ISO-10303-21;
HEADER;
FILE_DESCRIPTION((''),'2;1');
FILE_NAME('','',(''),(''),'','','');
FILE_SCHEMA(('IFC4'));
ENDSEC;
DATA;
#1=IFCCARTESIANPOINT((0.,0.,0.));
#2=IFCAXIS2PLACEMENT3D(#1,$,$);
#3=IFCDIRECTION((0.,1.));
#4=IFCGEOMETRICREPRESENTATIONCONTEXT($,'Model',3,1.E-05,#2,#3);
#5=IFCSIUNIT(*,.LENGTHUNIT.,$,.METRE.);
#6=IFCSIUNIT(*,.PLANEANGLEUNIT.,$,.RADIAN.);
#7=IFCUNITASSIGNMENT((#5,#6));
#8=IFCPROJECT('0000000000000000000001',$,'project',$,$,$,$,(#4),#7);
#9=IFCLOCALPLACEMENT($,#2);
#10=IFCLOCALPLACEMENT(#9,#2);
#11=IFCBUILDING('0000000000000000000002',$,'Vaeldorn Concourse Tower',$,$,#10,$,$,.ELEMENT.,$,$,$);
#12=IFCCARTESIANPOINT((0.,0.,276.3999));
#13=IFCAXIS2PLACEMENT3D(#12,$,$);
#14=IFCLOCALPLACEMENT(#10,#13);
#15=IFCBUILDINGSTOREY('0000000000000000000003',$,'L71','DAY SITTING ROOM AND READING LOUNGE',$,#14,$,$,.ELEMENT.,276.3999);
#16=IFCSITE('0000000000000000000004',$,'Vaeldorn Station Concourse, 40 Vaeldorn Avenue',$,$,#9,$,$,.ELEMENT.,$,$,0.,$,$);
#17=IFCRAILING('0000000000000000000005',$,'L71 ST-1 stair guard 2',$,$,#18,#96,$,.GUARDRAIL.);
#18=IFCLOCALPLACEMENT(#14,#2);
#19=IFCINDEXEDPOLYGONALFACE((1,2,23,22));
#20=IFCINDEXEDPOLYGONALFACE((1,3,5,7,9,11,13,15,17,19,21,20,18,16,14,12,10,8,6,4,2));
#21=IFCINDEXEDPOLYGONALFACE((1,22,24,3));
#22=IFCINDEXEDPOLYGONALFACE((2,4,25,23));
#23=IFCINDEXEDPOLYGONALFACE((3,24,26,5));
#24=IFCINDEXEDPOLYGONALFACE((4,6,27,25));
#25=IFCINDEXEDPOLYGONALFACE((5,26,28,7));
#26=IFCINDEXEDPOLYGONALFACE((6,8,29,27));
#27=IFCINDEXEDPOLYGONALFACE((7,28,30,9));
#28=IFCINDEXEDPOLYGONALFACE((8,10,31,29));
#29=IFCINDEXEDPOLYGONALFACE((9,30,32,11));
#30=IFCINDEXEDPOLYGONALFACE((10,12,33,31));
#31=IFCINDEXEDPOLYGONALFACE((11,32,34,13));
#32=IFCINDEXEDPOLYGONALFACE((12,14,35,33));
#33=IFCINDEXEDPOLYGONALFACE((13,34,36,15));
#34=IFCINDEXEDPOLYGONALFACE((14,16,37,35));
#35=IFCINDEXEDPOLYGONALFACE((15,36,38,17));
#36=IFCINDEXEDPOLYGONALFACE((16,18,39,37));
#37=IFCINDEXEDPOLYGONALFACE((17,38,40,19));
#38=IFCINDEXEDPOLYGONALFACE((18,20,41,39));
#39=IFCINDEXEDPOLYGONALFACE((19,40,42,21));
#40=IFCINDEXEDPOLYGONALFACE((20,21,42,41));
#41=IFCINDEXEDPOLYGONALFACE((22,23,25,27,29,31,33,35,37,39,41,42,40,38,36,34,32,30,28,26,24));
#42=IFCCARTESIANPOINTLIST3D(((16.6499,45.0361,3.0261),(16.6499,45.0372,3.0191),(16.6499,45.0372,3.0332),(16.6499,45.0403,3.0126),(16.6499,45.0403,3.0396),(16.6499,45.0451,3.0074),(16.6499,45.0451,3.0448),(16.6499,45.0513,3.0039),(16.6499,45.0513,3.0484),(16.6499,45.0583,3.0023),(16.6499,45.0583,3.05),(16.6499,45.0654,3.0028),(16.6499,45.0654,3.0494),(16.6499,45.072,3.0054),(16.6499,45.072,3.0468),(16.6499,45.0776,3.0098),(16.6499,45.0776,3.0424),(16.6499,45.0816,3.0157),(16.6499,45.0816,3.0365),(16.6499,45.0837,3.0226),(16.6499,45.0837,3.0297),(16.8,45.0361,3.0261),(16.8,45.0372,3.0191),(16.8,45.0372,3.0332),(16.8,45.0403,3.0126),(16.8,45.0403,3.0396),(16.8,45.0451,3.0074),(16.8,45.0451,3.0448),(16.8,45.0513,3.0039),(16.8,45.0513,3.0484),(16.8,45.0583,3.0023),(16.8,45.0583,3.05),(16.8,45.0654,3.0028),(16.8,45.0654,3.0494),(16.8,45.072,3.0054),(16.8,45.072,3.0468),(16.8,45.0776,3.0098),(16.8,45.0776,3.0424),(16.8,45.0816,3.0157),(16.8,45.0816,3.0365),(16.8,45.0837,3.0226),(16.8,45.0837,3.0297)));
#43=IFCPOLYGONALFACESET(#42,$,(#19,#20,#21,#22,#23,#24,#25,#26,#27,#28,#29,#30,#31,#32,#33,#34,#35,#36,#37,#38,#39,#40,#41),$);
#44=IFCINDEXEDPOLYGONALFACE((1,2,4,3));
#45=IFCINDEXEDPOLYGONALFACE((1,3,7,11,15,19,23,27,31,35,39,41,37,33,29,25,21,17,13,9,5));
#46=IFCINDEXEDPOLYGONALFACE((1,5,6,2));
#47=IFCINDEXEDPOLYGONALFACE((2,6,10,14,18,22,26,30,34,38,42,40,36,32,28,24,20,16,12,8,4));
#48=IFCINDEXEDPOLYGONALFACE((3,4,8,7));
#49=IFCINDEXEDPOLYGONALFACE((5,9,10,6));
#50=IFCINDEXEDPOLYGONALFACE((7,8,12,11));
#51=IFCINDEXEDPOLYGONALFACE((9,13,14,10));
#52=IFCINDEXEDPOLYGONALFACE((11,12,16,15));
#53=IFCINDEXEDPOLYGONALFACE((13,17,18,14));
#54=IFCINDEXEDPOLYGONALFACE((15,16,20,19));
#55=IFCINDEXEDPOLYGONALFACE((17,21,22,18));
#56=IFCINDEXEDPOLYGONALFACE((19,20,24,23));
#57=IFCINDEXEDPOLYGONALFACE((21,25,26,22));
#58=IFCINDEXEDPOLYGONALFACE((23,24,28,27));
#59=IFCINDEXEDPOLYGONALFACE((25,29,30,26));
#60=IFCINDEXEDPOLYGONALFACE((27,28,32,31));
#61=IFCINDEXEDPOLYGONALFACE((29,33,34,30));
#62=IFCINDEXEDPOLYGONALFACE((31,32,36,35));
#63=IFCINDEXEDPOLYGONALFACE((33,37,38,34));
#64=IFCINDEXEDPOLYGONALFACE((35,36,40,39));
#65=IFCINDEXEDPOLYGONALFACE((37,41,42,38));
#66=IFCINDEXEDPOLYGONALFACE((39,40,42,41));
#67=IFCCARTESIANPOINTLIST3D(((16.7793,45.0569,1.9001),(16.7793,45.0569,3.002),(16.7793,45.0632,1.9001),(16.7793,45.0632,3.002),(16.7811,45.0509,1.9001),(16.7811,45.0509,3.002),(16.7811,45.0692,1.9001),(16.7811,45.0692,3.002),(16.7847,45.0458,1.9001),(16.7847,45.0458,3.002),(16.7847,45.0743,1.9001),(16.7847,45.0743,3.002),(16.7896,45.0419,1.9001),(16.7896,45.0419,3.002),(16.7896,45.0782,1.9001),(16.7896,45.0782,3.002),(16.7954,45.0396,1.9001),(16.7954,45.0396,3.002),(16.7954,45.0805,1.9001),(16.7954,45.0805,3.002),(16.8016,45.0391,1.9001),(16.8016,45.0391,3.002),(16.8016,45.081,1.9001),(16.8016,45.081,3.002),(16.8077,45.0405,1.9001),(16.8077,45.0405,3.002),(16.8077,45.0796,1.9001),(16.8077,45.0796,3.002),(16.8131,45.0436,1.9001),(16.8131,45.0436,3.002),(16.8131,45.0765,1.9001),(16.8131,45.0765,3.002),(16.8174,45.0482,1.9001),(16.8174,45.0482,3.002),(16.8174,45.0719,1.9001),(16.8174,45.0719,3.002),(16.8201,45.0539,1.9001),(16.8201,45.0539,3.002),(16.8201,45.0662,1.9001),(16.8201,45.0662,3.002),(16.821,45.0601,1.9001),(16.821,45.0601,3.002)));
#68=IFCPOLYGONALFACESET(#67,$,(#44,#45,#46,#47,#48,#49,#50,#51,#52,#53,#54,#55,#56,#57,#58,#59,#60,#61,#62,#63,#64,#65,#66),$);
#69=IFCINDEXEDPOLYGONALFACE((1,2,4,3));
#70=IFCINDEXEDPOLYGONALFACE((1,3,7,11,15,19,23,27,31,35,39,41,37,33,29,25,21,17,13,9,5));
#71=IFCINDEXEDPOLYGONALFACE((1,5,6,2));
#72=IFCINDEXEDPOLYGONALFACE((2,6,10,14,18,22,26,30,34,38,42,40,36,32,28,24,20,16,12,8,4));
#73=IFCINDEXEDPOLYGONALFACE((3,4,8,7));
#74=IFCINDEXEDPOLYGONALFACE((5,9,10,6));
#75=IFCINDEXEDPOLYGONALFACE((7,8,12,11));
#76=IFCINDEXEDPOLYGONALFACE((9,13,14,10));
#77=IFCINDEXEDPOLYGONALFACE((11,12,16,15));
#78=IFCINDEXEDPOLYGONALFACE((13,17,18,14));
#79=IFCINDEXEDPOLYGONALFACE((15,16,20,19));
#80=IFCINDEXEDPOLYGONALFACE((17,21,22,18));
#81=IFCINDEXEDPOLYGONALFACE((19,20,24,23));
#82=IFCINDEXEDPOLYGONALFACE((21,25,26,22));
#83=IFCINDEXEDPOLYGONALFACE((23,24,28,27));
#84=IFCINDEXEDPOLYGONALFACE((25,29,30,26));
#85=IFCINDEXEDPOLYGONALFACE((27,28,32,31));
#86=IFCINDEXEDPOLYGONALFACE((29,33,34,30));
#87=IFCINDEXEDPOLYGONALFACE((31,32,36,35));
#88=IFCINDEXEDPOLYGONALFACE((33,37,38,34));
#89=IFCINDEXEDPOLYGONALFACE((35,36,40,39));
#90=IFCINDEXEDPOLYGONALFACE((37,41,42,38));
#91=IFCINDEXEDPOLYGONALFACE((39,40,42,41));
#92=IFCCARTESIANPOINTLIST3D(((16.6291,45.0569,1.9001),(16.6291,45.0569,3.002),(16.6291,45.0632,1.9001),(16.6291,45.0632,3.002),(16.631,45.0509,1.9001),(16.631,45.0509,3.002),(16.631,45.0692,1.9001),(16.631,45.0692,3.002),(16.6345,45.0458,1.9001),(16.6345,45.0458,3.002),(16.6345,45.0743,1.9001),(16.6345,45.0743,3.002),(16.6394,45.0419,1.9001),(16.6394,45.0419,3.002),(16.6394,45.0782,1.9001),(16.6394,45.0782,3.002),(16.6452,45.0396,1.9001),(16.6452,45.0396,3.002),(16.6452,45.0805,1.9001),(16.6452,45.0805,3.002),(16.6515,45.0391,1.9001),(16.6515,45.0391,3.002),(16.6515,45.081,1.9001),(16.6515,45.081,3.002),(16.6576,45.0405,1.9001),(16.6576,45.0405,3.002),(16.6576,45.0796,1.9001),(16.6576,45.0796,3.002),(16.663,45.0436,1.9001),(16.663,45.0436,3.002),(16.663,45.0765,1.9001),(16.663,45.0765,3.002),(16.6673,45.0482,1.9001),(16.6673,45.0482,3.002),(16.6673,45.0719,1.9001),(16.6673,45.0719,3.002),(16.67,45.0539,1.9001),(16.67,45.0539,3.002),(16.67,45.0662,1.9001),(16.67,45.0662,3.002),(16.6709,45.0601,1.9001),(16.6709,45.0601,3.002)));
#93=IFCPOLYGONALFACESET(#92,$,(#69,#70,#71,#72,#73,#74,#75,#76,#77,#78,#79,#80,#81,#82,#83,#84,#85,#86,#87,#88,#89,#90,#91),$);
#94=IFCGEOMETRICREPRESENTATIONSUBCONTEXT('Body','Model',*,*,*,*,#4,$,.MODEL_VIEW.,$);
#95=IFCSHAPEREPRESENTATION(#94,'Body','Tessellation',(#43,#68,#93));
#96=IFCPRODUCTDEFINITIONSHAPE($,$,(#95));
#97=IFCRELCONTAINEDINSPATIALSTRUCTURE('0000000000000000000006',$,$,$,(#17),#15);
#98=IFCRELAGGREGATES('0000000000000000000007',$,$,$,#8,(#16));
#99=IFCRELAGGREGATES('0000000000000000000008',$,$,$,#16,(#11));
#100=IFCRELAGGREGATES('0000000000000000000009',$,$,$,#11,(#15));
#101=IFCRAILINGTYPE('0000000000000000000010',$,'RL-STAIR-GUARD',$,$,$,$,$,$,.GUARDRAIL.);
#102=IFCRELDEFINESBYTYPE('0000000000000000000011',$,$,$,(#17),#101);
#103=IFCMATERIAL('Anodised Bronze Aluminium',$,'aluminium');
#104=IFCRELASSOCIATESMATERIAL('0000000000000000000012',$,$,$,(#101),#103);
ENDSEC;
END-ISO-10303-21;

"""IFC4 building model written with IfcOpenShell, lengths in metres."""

from ifc_helpers import new_model, si_unit, direction, frame, origin, origin_2d, place, context, subcontext, project, spatial, circle, extrude, material, type_object, element, save


model = new_model("IFC4")

# Units and contexts
model_context = context("Model", 3, precision=1e-05, world=origin(), true_north=direction((0.0, 1.0)))
body_context = subcontext(model_context, "Body", "Model", "MODEL_VIEW")
ifc_project = project(units=[si_unit("LENGTHUNIT", "METRE"), si_unit("PLANEANGLEUNIT", "RADIAN")], contexts=[model_context])

# Site, building, storey
site_placement = place(None, origin())
site = spatial("IfcSite", under=ifc_project, at=site_placement, Name="Vaeldorn Station Concourse, 40 Vaeldorn Avenue", CompositionType="ELEMENT", RefElevation=0.0)
building_placement = place(site_placement, origin())
building = spatial("IfcBuilding", under=site, at=building_placement, Name="Vaeldorn Concourse Tower", CompositionType="ELEMENT")
storey_placement = place(building_placement, frame((0.0, 0.0, 276.3999)))
storey = spatial("IfcBuildingStorey", under=building, at=storey_placement, Name="L71", Description="DAY SITTING ROOM AND READING LOUNGE", CompositionType="ELEMENT", Elevation=276.3999)

# Shared definitions
ifc_material_1 = material(Name="Anodised Bronze Aluminium", Category="aluminium")

# Railing
railing_type_1 = type_object("IfcRailingType", Name="RL-STAIR-GUARD", PredefinedType="GUARDRAIL", material=ifc_material_1)
railing_1_placement = place(storey_placement, frame((16.8, 45.0601, 1.9001)))
element("IfcRailing", 1, at=railing_1_placement, inside=storey, type_object=railing_type_1, Name="L71 ST-1 stair guard 2", PredefinedType="GUARDRAIL", context=body_context, shape_type="SweptSolid", body=[
    extrude(circle(Radius=0.0239, at=origin_2d()), frame((0.0, 0.0, 1.126), z_axis=(-1.0, 0.0, 0.0), x_axis=(0.0, -1.0, 0.0)), (0.0, 0.0, 1.0), 0.1501),
    extrude(circle(Radius=0.021, at=origin_2d()), origin(), (0.0, 0.0, 1.0), 1.1018),
    extrude(circle(Radius=0.021, at=origin_2d()), frame((-0.1501, 0.0, 0.0)), (0.0, 0.0, 1.0), 1.1018),
])

save(model, "model.ifc")
